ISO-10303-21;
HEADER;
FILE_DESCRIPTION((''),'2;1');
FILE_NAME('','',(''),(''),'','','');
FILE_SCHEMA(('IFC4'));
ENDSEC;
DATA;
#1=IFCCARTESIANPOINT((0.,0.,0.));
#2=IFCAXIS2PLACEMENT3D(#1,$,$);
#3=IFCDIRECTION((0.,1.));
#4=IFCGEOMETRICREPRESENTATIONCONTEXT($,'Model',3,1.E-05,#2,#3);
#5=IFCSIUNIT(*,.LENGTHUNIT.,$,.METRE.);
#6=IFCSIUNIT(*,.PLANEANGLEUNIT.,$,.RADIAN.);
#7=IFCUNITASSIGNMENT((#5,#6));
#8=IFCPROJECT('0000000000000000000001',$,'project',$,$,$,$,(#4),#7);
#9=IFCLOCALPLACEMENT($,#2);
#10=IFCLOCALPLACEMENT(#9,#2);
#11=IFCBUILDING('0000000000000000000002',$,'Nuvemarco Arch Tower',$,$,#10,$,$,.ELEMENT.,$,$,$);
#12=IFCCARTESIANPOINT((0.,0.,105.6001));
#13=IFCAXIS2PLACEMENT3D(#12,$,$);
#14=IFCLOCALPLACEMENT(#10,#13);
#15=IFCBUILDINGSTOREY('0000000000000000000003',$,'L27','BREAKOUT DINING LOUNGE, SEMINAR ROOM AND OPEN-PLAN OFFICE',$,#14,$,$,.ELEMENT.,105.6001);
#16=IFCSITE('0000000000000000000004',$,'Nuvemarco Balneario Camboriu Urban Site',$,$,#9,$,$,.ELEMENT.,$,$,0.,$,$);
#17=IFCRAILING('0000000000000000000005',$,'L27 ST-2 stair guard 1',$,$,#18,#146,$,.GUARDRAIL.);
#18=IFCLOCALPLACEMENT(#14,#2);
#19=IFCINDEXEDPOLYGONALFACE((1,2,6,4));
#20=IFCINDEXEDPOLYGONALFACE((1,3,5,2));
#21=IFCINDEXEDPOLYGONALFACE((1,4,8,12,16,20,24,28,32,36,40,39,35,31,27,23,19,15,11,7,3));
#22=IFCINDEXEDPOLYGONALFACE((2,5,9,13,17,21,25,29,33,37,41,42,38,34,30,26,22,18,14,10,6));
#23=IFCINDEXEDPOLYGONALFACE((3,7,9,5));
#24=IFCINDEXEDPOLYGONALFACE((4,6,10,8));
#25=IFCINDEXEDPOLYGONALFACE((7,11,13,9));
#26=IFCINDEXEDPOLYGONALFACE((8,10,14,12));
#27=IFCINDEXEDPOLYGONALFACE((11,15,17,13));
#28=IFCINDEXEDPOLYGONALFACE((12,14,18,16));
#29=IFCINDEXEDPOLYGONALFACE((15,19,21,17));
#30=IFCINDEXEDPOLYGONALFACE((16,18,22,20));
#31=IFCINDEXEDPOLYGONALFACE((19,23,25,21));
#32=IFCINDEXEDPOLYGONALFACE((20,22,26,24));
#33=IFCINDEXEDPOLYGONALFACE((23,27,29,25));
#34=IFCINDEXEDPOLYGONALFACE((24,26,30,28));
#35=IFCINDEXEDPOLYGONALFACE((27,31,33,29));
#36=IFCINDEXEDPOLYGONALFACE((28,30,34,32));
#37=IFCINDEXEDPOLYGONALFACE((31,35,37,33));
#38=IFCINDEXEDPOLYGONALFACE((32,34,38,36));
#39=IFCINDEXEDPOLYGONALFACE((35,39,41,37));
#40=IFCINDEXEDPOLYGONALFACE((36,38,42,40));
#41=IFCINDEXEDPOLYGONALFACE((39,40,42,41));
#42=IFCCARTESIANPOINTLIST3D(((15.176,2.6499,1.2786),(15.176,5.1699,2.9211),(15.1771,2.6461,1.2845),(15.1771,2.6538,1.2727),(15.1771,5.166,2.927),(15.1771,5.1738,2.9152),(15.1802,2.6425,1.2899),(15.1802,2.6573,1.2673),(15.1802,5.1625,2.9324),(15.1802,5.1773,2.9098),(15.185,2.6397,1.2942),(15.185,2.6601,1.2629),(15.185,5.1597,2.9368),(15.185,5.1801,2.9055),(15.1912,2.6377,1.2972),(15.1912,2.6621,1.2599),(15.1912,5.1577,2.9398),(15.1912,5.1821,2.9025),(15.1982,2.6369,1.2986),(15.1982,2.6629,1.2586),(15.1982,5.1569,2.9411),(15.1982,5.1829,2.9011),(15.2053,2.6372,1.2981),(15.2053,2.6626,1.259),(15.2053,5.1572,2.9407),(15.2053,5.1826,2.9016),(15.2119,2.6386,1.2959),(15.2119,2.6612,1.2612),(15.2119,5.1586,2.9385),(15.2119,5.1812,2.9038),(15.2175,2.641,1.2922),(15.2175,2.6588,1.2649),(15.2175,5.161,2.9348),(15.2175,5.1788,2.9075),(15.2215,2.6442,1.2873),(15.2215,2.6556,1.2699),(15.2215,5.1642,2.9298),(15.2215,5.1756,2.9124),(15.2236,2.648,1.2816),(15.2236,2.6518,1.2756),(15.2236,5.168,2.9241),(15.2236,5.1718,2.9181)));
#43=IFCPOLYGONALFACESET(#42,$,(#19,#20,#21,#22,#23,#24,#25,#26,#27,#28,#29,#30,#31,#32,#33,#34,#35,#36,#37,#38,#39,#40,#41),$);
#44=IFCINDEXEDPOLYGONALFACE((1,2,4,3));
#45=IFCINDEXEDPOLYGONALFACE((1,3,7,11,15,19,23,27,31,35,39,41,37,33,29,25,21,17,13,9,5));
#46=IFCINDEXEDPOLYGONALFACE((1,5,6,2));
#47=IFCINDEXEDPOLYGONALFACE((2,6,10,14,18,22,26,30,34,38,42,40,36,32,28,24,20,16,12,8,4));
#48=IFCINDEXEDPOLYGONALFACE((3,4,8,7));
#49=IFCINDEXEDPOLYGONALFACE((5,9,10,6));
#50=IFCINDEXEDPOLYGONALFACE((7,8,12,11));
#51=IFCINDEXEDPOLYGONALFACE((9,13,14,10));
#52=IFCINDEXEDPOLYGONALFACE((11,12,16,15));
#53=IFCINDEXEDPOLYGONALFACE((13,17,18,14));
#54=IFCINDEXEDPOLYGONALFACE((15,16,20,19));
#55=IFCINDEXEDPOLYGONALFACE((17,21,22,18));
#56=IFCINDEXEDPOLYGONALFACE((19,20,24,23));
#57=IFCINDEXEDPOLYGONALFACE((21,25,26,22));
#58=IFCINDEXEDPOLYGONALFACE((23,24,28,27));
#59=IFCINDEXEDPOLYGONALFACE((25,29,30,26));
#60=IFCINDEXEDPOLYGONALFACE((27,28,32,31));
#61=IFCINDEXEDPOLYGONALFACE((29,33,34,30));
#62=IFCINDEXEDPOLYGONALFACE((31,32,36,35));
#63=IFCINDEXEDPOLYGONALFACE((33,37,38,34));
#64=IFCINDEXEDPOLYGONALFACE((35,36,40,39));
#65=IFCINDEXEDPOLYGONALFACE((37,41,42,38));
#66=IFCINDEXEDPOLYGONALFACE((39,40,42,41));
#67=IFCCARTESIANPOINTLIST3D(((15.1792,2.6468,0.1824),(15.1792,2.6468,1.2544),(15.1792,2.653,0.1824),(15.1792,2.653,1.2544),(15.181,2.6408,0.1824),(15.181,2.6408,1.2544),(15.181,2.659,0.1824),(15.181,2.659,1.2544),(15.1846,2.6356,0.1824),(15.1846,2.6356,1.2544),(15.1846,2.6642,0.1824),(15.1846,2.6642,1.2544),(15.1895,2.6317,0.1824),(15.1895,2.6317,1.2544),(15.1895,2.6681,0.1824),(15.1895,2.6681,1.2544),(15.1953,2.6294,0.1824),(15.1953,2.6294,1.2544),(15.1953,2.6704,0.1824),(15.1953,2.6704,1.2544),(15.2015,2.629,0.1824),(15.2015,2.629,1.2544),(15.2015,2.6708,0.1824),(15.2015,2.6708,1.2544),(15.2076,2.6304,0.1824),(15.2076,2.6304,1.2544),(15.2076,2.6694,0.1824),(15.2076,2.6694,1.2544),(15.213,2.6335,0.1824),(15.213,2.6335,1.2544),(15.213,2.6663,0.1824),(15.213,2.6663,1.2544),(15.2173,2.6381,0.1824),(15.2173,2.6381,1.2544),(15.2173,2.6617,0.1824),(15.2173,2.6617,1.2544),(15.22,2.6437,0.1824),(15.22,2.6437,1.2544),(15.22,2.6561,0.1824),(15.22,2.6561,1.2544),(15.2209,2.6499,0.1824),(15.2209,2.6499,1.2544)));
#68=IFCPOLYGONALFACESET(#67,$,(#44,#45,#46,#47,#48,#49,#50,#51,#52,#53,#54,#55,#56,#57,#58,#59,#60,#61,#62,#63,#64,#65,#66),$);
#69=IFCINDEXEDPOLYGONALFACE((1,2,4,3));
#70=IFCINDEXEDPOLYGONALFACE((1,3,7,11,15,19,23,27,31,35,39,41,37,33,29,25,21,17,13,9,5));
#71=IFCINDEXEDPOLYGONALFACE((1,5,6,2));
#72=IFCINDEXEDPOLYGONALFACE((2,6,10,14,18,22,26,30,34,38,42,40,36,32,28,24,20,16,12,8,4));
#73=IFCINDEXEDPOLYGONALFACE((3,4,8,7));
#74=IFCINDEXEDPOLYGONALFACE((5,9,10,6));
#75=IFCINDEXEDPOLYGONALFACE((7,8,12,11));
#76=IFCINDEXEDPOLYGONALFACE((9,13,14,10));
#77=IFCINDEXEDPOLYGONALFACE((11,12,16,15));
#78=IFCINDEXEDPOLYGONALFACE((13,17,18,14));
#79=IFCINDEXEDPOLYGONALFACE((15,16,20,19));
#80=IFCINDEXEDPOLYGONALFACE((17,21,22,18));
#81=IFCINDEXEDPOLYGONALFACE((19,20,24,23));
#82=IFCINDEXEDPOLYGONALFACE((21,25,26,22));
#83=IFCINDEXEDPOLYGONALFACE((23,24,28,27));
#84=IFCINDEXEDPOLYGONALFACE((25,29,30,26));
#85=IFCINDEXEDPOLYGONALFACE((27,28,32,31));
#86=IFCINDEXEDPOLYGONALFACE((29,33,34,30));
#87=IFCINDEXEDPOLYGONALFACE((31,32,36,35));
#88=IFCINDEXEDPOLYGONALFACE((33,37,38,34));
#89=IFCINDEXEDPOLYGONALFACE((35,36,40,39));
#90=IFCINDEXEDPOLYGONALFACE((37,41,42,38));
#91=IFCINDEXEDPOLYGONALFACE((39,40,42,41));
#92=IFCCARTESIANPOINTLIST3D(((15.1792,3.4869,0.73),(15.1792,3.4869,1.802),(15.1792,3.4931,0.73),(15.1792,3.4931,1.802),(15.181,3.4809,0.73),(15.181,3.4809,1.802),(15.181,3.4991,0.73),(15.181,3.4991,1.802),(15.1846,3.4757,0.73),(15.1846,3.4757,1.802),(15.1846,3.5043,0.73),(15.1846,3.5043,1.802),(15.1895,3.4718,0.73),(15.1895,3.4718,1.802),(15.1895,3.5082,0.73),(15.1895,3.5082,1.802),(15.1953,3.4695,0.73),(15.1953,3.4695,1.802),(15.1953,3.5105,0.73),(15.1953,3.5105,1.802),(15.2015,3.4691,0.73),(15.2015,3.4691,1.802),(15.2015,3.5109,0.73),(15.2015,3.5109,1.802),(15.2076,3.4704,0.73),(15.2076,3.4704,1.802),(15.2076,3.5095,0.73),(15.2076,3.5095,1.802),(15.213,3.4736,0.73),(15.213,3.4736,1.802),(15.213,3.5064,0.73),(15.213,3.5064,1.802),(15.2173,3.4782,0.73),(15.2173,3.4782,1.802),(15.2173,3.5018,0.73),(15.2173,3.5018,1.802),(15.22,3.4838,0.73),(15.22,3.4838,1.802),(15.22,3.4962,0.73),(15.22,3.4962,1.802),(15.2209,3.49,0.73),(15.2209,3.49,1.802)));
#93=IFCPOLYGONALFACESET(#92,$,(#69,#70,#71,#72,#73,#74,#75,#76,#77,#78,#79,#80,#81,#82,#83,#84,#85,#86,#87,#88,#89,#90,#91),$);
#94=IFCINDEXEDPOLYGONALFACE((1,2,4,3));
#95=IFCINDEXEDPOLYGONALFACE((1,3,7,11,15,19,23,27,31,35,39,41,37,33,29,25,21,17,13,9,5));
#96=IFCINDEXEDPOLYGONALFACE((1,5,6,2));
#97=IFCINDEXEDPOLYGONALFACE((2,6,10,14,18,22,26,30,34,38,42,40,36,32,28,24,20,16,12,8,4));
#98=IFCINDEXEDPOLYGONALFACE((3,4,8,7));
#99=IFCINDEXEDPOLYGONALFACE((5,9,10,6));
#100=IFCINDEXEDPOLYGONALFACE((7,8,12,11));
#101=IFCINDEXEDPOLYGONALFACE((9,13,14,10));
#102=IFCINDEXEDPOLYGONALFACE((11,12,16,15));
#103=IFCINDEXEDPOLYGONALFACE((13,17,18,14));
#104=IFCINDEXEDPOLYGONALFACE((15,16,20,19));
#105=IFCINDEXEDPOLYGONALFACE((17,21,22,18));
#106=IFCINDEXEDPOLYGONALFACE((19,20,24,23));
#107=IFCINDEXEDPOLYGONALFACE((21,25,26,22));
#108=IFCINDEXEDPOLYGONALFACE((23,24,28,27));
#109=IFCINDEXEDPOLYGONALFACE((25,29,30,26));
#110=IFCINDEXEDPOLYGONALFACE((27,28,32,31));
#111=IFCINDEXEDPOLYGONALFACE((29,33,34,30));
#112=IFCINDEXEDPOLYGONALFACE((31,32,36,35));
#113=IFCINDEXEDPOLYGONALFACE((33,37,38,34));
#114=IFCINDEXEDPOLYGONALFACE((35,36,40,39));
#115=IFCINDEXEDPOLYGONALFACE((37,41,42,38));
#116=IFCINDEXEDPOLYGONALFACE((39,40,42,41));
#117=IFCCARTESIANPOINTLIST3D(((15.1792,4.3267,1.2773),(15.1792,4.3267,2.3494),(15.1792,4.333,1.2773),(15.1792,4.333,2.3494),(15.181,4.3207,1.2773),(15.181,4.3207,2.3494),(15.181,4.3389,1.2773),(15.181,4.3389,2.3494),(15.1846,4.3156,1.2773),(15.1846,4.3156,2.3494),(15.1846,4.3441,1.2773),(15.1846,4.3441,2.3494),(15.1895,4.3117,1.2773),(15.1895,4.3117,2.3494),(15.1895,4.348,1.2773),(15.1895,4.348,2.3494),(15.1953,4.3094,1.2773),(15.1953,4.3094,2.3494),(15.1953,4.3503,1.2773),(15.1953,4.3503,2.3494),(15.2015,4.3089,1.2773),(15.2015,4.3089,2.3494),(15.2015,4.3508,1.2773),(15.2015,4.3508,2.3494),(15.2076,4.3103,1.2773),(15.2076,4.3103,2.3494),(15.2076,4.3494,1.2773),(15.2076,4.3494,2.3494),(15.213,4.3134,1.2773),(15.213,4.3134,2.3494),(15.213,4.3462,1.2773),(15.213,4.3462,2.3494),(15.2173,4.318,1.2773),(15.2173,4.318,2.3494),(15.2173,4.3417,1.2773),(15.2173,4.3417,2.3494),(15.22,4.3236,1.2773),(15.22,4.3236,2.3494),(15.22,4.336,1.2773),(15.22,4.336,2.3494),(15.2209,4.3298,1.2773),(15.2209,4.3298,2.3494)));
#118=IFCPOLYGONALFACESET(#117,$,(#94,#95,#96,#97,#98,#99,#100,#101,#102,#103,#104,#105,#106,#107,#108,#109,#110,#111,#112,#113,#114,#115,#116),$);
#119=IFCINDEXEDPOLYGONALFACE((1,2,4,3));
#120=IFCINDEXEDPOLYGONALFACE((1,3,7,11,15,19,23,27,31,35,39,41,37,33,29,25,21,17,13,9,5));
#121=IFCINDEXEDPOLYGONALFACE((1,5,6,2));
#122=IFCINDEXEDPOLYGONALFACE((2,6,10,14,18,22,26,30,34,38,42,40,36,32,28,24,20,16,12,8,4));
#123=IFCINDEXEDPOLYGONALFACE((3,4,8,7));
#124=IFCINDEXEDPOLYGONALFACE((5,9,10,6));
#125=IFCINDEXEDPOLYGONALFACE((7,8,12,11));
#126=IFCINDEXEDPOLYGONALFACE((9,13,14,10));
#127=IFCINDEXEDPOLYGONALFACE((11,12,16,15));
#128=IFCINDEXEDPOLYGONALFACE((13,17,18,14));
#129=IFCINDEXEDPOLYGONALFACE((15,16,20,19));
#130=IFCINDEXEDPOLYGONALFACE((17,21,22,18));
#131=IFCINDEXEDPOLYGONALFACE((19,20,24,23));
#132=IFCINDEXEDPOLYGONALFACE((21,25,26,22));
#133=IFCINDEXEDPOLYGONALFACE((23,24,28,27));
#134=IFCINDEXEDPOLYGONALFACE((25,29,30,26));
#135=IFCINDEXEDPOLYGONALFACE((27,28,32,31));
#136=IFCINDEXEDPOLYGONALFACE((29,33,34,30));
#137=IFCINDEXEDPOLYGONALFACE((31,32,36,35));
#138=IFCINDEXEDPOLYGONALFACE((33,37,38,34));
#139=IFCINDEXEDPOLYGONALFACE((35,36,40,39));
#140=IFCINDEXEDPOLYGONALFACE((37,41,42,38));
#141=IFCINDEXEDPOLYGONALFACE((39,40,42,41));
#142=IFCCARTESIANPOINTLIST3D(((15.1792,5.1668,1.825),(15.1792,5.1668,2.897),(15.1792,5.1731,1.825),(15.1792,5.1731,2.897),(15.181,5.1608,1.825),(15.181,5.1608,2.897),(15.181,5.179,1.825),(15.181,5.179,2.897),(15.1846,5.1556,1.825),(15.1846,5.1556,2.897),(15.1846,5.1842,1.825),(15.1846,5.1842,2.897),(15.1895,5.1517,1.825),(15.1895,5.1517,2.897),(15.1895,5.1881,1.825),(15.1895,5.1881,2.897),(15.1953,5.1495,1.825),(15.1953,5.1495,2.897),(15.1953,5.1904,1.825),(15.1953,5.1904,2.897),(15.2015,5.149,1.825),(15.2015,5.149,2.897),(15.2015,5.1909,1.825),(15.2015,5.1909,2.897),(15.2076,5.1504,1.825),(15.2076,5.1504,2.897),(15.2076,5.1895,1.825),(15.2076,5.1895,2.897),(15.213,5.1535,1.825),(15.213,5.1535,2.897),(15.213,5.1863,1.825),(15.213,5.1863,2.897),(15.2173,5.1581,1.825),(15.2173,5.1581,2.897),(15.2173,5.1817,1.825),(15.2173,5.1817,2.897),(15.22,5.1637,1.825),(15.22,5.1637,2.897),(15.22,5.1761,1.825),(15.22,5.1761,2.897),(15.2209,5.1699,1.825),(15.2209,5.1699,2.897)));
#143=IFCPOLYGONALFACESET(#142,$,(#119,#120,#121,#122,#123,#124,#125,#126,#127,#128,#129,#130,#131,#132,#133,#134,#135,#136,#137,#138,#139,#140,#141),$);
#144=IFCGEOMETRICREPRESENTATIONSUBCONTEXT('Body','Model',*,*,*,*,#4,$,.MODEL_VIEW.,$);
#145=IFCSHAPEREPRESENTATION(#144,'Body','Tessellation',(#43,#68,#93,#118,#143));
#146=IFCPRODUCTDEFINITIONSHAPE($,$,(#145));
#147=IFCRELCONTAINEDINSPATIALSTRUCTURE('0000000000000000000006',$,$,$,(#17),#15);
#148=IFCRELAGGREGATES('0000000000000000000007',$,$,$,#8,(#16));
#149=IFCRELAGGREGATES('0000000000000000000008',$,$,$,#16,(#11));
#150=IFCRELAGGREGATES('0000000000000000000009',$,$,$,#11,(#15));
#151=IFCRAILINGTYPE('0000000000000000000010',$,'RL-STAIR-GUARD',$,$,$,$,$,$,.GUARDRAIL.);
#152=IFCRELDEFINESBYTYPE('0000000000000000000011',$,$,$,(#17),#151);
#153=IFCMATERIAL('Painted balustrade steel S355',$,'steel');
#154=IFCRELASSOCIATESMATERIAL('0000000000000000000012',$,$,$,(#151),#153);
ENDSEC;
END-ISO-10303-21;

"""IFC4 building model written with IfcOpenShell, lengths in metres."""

from ifc_helpers import new_model, si_unit, direction, frame, origin, origin_2d, place, context, subcontext, project, spatial, circle, extrude, material, type_object, element, save


model = new_model("IFC4")

# Units and contexts
model_context = context("Model", 3, precision=1e-05, world=origin(), true_north=direction((0.0, 1.0)))
body_context = subcontext(model_context, "Body", "Model", "MODEL_VIEW")
ifc_project = project(units=[si_unit("LENGTHUNIT", "METRE"), si_unit("PLANEANGLEUNIT", "RADIAN")], contexts=[model_context])

# Site, building, storey
site_placement = place(None, origin())
site = spatial("IfcSite", under=ifc_project, at=site_placement, Name="Nuvemarco Balneario Camboriu Urban Site", CompositionType="ELEMENT", RefElevation=0.0)
building_placement = place(site_placement, origin())
building = spatial("IfcBuilding", under=site, at=building_placement, Name="Nuvemarco Arch Tower", CompositionType="ELEMENT")
storey_placement = place(building_placement, frame((0.0, 0.0, 105.6001)))
storey = spatial("IfcBuildingStorey", under=building, at=storey_placement, Name="L27", Description="BREAKOUT DINING LOUNGE, SEMINAR ROOM AND OPEN-PLAN OFFICE", CompositionType="ELEMENT", Elevation=105.6001)

# Railing
ifc_material_1 = material(Name="Painted balustrade steel S355", Category="steel")
railing_type_1 = type_object("IfcRailingType", Name="RL-STAIR-GUARD", PredefinedType="GUARDRAIL", material=ifc_material_1)
railing_1_placement = place(storey_placement, frame((15.2, 2.6499, 0.1824)))
element("IfcRailing", 1, at=railing_1_placement, inside=storey, type_object=railing_type_1, Name="L27 ST-2 stair guard 1", PredefinedType="GUARDRAIL", context=body_context, shape_type="SweptSolid", body=[
    extrude(circle(Radius=0.0239, at=origin_2d()), frame((0.0, 0.0, 1.0962), z_axis=(0.0, 0.837749, 0.546055), x_axis=(-1.0, 0.0, 0.0)), (0.0, 0.0, 1.0), 3.0081),
    extrude(circle(Radius=0.021, at=origin_2d()), origin(), (0.0, 0.0, 1.0), 1.072),
    extrude(circle(Radius=0.021, at=origin_2d()), frame((0.0, 0.8401, 0.5476)), (0.0, 0.0, 1.0), 1.072),
    extrude(circle(Radius=0.021, at=origin_2d()), frame((0.0, 1.6799, 1.095)), (0.0, 0.0, 1.0), 1.072),
    extrude(circle(Radius=0.021, at=origin_2d()), frame((0.0, 2.52, 1.6426)), (0.0, 0.0, 1.0), 1.072),
])

save(model, "model.ifc")
